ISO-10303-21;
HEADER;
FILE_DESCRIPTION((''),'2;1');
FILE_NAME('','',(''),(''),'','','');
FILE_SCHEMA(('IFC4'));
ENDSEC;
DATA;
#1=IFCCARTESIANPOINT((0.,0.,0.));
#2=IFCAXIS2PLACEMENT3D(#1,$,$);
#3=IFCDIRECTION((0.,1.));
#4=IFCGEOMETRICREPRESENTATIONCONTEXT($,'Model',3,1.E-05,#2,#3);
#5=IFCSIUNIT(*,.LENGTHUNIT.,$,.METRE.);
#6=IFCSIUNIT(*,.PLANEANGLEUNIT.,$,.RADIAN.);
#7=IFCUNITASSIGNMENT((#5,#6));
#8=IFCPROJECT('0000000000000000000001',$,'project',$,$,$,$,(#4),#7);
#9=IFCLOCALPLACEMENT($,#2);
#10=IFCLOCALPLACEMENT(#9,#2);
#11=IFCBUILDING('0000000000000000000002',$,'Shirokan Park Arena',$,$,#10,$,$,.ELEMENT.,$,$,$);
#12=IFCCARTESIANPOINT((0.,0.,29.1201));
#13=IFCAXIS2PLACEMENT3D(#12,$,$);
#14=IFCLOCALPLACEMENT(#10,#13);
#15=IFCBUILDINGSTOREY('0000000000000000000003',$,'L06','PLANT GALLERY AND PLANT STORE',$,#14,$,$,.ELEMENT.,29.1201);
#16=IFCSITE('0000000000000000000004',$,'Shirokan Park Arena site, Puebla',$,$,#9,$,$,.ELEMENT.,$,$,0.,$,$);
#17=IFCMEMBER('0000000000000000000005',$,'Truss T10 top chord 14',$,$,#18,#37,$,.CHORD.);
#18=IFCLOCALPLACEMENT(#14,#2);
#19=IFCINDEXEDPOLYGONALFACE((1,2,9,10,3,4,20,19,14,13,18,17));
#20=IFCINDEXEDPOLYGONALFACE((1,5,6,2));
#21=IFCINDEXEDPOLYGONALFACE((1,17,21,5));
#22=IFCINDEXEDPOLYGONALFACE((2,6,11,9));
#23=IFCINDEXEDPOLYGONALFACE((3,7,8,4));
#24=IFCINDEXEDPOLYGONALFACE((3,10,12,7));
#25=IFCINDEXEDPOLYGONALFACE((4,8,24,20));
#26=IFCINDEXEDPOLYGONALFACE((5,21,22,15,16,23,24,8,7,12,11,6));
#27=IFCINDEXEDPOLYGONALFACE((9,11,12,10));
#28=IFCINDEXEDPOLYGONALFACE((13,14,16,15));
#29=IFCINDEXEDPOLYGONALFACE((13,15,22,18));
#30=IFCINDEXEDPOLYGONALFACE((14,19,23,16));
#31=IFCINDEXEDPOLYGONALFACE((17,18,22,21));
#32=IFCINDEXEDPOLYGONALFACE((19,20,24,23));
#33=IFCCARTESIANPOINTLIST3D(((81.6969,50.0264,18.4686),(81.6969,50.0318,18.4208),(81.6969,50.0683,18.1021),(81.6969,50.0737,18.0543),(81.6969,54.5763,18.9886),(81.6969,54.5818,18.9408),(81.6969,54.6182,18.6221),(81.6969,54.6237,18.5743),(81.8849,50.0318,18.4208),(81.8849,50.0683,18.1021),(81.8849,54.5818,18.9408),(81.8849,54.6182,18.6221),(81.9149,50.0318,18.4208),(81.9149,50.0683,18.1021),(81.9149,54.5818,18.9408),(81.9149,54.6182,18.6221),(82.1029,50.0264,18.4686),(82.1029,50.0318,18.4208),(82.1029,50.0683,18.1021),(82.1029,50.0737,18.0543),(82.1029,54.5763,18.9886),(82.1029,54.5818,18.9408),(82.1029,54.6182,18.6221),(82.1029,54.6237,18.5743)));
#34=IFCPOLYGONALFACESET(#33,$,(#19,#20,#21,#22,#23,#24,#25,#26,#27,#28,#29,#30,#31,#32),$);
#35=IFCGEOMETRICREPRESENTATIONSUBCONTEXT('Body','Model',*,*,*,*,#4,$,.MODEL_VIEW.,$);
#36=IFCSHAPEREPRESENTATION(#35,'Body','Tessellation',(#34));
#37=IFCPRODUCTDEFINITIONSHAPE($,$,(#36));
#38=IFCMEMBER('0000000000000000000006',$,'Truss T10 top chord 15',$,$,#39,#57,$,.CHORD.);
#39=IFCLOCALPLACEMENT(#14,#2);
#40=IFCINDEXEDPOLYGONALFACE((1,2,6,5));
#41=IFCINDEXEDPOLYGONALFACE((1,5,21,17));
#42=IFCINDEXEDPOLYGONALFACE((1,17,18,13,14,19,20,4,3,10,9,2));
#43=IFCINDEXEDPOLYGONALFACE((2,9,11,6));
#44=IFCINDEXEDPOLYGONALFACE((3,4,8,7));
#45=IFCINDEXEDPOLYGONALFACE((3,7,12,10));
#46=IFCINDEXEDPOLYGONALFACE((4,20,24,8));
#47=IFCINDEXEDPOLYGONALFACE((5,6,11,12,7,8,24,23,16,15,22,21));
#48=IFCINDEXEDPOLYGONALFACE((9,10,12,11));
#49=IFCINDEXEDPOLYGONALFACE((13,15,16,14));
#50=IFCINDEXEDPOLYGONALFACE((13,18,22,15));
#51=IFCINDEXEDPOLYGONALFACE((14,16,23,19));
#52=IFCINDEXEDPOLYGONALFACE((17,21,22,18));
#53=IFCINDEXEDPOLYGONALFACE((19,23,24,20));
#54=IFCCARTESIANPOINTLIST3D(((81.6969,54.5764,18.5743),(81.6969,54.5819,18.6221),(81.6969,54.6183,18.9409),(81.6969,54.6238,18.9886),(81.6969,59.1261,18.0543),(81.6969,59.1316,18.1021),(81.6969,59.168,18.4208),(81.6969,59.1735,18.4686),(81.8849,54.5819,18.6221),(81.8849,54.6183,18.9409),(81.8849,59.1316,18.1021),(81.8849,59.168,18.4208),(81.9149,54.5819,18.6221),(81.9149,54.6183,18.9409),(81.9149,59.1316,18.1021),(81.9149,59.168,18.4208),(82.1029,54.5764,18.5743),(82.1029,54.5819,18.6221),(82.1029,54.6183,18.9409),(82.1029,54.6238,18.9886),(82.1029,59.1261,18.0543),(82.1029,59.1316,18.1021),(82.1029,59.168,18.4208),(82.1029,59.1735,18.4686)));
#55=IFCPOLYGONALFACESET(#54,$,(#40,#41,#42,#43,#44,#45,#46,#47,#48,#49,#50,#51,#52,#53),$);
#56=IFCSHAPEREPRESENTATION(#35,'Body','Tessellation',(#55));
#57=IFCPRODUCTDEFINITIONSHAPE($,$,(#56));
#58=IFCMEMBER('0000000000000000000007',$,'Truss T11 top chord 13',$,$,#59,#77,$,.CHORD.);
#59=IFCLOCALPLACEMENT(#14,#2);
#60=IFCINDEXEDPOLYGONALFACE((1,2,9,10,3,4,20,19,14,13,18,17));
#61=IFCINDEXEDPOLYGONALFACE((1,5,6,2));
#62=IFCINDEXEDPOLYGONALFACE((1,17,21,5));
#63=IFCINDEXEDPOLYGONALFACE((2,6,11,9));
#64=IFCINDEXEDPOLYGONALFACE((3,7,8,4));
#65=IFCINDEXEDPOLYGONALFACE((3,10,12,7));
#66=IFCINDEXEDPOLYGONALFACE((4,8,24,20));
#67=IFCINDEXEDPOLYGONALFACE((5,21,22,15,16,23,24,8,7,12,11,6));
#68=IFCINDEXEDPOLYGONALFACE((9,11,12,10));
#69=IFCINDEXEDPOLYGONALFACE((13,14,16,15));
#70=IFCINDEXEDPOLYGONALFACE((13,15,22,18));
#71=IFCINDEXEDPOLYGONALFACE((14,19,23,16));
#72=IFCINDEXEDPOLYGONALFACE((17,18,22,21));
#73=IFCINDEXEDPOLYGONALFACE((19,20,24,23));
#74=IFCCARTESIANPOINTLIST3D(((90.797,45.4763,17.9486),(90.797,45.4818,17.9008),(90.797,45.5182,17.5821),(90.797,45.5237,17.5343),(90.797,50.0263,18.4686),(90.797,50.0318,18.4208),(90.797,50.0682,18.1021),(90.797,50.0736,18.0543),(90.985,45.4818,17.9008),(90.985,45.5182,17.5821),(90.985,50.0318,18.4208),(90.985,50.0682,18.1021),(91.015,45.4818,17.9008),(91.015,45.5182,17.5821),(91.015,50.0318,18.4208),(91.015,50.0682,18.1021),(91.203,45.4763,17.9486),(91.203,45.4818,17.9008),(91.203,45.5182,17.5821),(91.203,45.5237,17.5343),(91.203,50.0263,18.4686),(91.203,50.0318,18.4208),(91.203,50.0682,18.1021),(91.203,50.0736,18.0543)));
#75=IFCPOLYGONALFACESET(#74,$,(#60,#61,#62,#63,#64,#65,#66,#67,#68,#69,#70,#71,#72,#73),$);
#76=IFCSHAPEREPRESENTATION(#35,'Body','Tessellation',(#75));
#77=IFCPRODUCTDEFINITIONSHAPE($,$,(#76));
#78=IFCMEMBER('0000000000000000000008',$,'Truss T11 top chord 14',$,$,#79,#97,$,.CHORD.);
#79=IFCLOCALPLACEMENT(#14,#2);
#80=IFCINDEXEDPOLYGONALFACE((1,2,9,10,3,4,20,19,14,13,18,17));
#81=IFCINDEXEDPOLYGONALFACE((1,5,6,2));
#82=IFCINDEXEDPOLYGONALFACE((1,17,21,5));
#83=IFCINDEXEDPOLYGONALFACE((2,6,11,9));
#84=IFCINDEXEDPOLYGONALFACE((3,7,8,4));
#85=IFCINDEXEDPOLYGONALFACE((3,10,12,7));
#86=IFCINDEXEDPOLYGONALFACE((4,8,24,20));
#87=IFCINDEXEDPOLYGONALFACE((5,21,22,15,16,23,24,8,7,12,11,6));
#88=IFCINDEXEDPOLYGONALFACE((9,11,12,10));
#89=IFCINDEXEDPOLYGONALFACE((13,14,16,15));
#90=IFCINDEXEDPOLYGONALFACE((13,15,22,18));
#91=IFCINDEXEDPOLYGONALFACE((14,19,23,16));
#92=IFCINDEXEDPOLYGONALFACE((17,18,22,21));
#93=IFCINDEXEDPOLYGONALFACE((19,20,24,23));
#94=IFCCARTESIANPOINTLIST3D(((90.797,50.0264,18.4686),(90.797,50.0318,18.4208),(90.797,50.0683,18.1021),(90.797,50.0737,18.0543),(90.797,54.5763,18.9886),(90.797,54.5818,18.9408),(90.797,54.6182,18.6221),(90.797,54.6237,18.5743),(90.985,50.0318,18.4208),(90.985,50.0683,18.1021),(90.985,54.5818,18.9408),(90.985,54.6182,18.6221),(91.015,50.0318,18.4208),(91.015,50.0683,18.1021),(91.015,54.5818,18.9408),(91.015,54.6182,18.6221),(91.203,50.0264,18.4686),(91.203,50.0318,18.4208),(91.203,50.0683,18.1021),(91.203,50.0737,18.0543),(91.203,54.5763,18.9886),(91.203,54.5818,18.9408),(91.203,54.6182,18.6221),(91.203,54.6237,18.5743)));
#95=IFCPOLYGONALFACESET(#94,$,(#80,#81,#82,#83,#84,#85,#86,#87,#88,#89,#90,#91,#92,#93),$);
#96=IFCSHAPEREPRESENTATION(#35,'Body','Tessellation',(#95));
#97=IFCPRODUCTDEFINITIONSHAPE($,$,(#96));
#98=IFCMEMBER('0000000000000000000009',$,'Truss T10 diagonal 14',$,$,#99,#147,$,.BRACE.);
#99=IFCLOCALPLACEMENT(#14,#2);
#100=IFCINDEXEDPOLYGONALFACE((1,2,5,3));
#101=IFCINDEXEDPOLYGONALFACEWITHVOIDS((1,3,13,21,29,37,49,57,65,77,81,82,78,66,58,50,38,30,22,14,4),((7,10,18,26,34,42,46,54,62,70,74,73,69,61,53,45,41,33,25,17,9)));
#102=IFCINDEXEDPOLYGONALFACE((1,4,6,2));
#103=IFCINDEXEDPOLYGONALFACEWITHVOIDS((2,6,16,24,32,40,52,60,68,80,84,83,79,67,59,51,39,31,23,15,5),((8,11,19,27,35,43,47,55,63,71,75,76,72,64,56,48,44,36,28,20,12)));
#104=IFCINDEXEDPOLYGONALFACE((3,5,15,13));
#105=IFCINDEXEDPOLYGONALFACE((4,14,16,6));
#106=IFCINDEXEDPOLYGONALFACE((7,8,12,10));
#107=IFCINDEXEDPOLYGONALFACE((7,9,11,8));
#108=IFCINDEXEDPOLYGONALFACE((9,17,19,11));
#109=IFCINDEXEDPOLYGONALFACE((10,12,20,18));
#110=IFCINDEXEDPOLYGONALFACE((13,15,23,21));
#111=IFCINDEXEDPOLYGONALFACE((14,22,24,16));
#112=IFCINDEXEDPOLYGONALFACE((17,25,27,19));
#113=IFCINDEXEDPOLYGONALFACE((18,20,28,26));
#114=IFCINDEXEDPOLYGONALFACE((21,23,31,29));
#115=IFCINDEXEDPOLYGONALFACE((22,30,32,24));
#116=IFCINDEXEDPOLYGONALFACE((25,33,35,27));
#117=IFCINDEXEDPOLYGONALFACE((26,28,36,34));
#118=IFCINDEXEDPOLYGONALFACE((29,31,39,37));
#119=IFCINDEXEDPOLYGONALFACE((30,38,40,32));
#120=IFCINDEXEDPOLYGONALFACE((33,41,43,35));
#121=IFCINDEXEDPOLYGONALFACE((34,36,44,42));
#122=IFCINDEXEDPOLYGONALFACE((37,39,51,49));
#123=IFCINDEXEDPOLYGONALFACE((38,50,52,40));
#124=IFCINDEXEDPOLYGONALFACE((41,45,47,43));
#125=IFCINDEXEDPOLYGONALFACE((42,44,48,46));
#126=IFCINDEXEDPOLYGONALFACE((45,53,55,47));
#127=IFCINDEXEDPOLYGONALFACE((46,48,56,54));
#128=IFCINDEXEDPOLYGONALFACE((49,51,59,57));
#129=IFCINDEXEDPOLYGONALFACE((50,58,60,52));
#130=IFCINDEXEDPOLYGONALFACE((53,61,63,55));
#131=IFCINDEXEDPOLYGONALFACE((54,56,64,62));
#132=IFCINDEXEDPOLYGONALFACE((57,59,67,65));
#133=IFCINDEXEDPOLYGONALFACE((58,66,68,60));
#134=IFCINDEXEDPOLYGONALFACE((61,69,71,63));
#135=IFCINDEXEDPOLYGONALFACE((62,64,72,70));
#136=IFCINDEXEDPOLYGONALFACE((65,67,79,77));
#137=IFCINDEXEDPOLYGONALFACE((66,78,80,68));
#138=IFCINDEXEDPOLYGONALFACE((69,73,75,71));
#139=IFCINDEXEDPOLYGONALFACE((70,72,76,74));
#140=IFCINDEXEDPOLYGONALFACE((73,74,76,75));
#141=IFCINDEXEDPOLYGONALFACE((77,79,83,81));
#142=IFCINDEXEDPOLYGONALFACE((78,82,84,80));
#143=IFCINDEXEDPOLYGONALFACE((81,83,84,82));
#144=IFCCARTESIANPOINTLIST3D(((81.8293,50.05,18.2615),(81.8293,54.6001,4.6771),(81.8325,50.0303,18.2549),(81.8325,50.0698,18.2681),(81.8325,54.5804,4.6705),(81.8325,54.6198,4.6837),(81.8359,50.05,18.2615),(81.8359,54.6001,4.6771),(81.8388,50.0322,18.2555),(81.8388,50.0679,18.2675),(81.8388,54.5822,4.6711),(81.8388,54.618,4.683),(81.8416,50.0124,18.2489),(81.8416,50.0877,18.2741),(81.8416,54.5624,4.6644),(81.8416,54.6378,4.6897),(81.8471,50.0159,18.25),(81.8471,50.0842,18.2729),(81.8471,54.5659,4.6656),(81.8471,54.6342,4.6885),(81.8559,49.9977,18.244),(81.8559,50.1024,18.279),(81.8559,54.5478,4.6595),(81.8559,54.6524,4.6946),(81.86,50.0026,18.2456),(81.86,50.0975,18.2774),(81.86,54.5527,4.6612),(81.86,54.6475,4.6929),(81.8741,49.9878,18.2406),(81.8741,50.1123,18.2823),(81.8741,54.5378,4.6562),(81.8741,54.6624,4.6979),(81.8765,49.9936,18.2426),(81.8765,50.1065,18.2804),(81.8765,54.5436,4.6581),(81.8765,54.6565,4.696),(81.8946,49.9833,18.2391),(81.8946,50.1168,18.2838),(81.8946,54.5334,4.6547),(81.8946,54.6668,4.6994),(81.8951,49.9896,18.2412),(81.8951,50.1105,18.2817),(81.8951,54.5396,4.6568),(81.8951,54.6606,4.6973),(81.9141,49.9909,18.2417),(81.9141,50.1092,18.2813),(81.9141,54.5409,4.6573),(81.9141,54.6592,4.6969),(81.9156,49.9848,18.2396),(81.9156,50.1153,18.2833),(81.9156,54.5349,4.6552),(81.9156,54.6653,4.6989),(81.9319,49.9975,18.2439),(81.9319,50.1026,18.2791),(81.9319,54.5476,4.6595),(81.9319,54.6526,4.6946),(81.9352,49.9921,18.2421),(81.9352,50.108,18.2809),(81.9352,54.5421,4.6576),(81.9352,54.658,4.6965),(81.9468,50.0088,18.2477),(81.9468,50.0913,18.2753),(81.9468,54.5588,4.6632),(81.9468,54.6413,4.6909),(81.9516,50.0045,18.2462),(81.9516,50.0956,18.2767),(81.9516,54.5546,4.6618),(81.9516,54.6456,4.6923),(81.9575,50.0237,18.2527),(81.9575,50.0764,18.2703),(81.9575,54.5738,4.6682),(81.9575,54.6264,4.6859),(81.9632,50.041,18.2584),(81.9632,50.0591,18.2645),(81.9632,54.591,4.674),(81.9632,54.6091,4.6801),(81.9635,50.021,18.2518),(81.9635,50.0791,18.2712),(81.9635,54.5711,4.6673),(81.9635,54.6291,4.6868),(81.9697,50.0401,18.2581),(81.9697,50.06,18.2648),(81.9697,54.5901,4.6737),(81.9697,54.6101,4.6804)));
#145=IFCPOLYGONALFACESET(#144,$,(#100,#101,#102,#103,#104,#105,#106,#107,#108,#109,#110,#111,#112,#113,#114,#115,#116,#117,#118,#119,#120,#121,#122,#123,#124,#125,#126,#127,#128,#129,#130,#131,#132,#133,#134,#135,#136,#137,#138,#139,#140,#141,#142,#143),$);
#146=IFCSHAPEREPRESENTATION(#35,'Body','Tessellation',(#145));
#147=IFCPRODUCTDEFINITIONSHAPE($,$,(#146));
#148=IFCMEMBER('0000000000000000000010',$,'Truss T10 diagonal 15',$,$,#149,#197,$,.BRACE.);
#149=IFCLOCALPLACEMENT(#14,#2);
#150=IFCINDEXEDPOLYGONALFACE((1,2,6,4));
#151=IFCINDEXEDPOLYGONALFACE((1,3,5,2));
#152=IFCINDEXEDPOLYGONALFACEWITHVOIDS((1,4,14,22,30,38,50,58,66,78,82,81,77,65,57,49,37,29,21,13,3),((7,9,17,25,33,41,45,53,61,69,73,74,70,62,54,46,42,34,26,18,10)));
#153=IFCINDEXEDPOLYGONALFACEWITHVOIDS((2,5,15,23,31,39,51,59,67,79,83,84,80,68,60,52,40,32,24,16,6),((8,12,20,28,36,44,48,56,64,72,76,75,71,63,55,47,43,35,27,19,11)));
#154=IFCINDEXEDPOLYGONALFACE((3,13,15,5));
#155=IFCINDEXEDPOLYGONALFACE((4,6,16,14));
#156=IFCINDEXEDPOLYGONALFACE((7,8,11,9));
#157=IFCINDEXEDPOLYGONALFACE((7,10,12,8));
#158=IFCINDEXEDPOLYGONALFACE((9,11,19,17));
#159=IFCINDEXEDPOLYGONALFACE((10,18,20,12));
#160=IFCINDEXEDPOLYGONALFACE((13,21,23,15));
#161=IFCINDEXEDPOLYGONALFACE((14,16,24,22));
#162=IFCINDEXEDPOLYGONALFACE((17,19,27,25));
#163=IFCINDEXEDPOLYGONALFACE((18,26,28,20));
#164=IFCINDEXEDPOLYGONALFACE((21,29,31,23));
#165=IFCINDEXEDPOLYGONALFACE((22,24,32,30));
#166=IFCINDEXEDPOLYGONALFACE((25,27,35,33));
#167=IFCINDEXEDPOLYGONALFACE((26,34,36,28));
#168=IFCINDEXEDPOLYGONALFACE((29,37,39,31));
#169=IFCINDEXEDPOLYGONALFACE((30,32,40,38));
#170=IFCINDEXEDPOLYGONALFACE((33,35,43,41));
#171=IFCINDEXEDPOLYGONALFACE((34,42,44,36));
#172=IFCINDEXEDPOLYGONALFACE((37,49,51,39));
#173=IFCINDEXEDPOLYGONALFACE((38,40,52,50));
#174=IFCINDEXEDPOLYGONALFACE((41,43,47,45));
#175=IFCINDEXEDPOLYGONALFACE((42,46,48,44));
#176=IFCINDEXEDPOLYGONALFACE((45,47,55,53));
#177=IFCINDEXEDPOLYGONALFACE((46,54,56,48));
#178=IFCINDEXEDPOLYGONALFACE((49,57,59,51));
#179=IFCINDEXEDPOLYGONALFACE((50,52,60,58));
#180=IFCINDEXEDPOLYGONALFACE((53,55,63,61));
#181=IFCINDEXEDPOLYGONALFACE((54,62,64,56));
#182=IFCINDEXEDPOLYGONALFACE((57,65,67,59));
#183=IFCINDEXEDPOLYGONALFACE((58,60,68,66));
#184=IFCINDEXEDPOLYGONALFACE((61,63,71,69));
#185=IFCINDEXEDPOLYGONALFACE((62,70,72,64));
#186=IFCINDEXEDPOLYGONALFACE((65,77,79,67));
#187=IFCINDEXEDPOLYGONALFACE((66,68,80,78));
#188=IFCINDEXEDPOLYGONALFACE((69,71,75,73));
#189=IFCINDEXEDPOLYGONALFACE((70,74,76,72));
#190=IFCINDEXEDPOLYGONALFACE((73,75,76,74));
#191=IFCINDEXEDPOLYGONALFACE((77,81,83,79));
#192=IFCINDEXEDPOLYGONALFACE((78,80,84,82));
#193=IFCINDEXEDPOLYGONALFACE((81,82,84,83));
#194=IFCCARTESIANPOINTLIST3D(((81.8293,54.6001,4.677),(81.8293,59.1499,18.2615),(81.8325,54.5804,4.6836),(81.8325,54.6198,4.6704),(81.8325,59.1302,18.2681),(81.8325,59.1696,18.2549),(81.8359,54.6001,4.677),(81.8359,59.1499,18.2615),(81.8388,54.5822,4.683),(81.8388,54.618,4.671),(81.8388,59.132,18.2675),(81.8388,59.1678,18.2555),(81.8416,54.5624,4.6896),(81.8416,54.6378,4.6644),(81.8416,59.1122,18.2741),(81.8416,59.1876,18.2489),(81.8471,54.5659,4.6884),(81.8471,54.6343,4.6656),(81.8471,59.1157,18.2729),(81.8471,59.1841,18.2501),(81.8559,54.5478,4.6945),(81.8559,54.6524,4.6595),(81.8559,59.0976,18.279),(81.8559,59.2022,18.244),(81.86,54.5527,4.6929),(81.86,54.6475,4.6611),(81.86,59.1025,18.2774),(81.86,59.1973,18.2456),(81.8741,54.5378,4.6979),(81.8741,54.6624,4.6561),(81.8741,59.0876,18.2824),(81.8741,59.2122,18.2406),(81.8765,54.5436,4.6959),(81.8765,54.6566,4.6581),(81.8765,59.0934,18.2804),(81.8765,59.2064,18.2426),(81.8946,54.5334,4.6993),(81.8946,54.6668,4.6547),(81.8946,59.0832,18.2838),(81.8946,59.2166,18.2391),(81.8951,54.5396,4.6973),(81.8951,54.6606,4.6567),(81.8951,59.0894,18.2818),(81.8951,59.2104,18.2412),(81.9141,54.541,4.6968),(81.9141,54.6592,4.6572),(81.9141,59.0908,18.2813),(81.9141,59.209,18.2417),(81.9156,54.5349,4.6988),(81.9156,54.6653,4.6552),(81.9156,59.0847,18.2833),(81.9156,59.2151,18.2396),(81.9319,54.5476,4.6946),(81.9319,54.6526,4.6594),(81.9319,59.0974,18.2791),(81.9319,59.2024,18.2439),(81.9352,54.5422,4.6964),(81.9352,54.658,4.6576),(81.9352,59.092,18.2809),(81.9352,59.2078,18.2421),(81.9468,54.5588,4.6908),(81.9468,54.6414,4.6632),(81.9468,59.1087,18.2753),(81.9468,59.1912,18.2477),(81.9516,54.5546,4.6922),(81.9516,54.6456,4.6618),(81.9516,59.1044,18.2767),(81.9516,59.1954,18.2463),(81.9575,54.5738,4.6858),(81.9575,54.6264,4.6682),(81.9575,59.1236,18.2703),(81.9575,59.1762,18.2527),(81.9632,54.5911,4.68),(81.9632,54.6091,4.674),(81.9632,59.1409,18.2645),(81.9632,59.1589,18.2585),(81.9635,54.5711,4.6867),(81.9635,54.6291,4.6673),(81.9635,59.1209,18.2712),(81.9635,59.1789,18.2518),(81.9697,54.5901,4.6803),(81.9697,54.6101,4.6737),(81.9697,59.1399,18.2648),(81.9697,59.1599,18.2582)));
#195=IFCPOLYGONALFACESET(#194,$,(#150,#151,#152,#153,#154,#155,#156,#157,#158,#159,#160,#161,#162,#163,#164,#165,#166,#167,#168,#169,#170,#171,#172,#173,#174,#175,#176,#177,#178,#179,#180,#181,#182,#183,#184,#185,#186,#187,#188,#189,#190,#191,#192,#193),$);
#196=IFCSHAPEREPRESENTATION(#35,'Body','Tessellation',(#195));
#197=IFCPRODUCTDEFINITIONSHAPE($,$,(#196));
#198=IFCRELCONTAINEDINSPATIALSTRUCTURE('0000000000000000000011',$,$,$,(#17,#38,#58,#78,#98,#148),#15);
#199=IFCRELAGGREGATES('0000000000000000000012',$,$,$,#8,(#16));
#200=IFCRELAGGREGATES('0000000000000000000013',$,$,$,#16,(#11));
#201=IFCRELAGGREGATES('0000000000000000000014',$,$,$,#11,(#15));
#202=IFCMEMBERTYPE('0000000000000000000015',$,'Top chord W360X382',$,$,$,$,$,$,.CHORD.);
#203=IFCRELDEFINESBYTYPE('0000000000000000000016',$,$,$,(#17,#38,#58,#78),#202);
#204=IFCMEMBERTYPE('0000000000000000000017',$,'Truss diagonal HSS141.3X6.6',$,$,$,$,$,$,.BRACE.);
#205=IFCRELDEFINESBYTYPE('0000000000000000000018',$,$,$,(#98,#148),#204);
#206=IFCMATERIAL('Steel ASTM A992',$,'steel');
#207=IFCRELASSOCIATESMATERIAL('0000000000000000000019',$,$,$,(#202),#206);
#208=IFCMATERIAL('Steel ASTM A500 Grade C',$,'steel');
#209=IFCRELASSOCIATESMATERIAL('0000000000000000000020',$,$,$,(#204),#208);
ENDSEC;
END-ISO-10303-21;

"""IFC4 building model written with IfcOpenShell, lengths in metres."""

from ifc_helpers import new_model, si_unit, direction, frame, origin, origin_2d, place, context, subcontext, project, spatial, hollow_circle, i_section, extrude, material, material_profile, profile_set, type_object, element, save


model = new_model("IFC4")

# Units and contexts
model_context = context("Model", 3, precision=1e-05, world=origin(), true_north=direction((0.0, 1.0)))
body_context = subcontext(model_context, "Body", "Model", "MODEL_VIEW")
ifc_project = project(units=[si_unit("LENGTHUNIT", "METRE"), si_unit("PLANEANGLEUNIT", "RADIAN")], contexts=[model_context])

# Site, building, storey
site_placement = place(None, origin())
site = spatial("IfcSite", under=ifc_project, at=site_placement, Name="Shirokan Park Arena site, Puebla", CompositionType="ELEMENT", RefElevation=0.0)
building_placement = place(site_placement, origin())
building = spatial("IfcBuilding", under=site, at=building_placement, Name="Shirokan Park Arena", CompositionType="ELEMENT")
storey_placement = place(building_placement, frame((0.0, 0.0, 29.1201)))
storey = spatial("IfcBuildingStorey", under=building, at=storey_placement, Name="L06", Description="PLANT GALLERY AND PLANT STORE", CompositionType="ELEMENT", Elevation=29.1201)

# Members
ifc_material_1 = material(Name="Steel ASTM A992", Category="steel")
ifc_material_2 = material(Name="Steel ASTM A500 Grade C", Category="steel")
ifc_material_profile_1 = material_profile(ifc_material_1, i_section(OverallWidth=0.406, OverallDepth=0.417, WebThickness=0.03, FlangeThickness=0.0481, at=origin_2d()), Name="W360X382")
ifc_profile_set_1 = profile_set([ifc_material_profile_1], Name="Steel ASTM A992")
member_type_1 = type_object("IfcMemberType", Name="Top chord W360X382", PredefinedType="CHORD", material=ifc_profile_set_1)
member_1_placement = place(storey_placement, frame((81.8999, 50.05, 18.2615), z_axis=(0.0, 0.993532, 0.11355), x_axis=(-1.0, 0.0, 0.0)))
element("IfcMember", 1, at=member_1_placement, inside=storey, type_object=member_type_1, Name="Truss T10 top chord 14", PredefinedType="CHORD", context=body_context, shape_type="SweptSolid", body=[
    extrude(i_section(OverallWidth=0.406, OverallDepth=0.417, WebThickness=0.03, FlangeThickness=0.0481, at=origin_2d()), origin(), (0.0, 0.0, 1.0), 4.5796),
])
member_2_placement = place(storey_placement, frame((81.8999, 54.6001, 18.7815), z_axis=(0.0, 0.993532, -0.113556), x_axis=(-1.0, 0.0, 0.0)))
element("IfcMember", 2, at=member_2_placement, inside=storey, type_object=member_type_1, Name="Truss T10 top chord 15", PredefinedType="CHORD", context=body_context, shape_type="SweptSolid", body=[
    extrude(i_section(OverallWidth=0.406, OverallDepth=0.417, WebThickness=0.03, FlangeThickness=0.0481, at=origin_2d()), origin(), (0.0, 0.0, 1.0), 4.5793),
])
for number, where, z_axis, x_axis, name in (
    (3, (91.0, 45.5, 17.7415), (0.0, 0.993532, 0.11355), (-1.0, 0.0, 0.0), "Truss T11 top chord 13"),
    (4, (91.0, 50.05, 18.2615), (0.0, 0.993532, 0.11355), (-1.0, 0.0, 0.0), "Truss T11 top chord 14"),
):
    element("IfcMember", number, at=place(storey_placement, frame(where, z_axis=z_axis, x_axis=x_axis)), inside=storey, type_object=member_type_1, Name=name, PredefinedType="CHORD", context=body_context, shape_type="SweptSolid", body=[
        extrude(i_section(OverallWidth=0.406, OverallDepth=0.417, WebThickness=0.03, FlangeThickness=0.0481, at=origin_2d()), origin(), (0.0, 0.0, 1.0), 4.5796),
    ])
ifc_material_profile_2 = material_profile(ifc_material_2, hollow_circle(Radius=0.0706, WallThickness=0.0066, at=origin_2d()), Name="HSS141.3X6.6")
ifc_profile_set_2 = profile_set([ifc_material_profile_2], Name="Steel ASTM A500 Grade C")
member_type_2 = type_object("IfcMemberType", Name="Truss diagonal HSS141.3X6.6", PredefinedType="BRACE", material=ifc_profile_set_2)
for number, where, z_axis, x_axis, name in (
    (5, (81.8999, 50.05, 18.2615), (0.0, 0.317603, -0.948224), (-1.0, 0.0, 0.0), "Truss T10 diagonal 14"),
    (6, (81.8999, 54.6001, 4.677), (0.0, 0.317587, 0.948229), (-1.0, 0.0, 0.0), "Truss T10 diagonal 15"),
):
    element("IfcMember", number, at=place(storey_placement, frame(where, z_axis=z_axis, x_axis=x_axis)), inside=storey, type_object=member_type_2, Name=name, PredefinedType="BRACE", context=body_context, shape_type="SweptSolid", body=[
        extrude(hollow_circle(Radius=0.0706, WallThickness=0.0066, at=origin_2d()), origin(), (0.0, 0.0, 1.0), 14.3262),
    ])

save(model, "model.ifc")
